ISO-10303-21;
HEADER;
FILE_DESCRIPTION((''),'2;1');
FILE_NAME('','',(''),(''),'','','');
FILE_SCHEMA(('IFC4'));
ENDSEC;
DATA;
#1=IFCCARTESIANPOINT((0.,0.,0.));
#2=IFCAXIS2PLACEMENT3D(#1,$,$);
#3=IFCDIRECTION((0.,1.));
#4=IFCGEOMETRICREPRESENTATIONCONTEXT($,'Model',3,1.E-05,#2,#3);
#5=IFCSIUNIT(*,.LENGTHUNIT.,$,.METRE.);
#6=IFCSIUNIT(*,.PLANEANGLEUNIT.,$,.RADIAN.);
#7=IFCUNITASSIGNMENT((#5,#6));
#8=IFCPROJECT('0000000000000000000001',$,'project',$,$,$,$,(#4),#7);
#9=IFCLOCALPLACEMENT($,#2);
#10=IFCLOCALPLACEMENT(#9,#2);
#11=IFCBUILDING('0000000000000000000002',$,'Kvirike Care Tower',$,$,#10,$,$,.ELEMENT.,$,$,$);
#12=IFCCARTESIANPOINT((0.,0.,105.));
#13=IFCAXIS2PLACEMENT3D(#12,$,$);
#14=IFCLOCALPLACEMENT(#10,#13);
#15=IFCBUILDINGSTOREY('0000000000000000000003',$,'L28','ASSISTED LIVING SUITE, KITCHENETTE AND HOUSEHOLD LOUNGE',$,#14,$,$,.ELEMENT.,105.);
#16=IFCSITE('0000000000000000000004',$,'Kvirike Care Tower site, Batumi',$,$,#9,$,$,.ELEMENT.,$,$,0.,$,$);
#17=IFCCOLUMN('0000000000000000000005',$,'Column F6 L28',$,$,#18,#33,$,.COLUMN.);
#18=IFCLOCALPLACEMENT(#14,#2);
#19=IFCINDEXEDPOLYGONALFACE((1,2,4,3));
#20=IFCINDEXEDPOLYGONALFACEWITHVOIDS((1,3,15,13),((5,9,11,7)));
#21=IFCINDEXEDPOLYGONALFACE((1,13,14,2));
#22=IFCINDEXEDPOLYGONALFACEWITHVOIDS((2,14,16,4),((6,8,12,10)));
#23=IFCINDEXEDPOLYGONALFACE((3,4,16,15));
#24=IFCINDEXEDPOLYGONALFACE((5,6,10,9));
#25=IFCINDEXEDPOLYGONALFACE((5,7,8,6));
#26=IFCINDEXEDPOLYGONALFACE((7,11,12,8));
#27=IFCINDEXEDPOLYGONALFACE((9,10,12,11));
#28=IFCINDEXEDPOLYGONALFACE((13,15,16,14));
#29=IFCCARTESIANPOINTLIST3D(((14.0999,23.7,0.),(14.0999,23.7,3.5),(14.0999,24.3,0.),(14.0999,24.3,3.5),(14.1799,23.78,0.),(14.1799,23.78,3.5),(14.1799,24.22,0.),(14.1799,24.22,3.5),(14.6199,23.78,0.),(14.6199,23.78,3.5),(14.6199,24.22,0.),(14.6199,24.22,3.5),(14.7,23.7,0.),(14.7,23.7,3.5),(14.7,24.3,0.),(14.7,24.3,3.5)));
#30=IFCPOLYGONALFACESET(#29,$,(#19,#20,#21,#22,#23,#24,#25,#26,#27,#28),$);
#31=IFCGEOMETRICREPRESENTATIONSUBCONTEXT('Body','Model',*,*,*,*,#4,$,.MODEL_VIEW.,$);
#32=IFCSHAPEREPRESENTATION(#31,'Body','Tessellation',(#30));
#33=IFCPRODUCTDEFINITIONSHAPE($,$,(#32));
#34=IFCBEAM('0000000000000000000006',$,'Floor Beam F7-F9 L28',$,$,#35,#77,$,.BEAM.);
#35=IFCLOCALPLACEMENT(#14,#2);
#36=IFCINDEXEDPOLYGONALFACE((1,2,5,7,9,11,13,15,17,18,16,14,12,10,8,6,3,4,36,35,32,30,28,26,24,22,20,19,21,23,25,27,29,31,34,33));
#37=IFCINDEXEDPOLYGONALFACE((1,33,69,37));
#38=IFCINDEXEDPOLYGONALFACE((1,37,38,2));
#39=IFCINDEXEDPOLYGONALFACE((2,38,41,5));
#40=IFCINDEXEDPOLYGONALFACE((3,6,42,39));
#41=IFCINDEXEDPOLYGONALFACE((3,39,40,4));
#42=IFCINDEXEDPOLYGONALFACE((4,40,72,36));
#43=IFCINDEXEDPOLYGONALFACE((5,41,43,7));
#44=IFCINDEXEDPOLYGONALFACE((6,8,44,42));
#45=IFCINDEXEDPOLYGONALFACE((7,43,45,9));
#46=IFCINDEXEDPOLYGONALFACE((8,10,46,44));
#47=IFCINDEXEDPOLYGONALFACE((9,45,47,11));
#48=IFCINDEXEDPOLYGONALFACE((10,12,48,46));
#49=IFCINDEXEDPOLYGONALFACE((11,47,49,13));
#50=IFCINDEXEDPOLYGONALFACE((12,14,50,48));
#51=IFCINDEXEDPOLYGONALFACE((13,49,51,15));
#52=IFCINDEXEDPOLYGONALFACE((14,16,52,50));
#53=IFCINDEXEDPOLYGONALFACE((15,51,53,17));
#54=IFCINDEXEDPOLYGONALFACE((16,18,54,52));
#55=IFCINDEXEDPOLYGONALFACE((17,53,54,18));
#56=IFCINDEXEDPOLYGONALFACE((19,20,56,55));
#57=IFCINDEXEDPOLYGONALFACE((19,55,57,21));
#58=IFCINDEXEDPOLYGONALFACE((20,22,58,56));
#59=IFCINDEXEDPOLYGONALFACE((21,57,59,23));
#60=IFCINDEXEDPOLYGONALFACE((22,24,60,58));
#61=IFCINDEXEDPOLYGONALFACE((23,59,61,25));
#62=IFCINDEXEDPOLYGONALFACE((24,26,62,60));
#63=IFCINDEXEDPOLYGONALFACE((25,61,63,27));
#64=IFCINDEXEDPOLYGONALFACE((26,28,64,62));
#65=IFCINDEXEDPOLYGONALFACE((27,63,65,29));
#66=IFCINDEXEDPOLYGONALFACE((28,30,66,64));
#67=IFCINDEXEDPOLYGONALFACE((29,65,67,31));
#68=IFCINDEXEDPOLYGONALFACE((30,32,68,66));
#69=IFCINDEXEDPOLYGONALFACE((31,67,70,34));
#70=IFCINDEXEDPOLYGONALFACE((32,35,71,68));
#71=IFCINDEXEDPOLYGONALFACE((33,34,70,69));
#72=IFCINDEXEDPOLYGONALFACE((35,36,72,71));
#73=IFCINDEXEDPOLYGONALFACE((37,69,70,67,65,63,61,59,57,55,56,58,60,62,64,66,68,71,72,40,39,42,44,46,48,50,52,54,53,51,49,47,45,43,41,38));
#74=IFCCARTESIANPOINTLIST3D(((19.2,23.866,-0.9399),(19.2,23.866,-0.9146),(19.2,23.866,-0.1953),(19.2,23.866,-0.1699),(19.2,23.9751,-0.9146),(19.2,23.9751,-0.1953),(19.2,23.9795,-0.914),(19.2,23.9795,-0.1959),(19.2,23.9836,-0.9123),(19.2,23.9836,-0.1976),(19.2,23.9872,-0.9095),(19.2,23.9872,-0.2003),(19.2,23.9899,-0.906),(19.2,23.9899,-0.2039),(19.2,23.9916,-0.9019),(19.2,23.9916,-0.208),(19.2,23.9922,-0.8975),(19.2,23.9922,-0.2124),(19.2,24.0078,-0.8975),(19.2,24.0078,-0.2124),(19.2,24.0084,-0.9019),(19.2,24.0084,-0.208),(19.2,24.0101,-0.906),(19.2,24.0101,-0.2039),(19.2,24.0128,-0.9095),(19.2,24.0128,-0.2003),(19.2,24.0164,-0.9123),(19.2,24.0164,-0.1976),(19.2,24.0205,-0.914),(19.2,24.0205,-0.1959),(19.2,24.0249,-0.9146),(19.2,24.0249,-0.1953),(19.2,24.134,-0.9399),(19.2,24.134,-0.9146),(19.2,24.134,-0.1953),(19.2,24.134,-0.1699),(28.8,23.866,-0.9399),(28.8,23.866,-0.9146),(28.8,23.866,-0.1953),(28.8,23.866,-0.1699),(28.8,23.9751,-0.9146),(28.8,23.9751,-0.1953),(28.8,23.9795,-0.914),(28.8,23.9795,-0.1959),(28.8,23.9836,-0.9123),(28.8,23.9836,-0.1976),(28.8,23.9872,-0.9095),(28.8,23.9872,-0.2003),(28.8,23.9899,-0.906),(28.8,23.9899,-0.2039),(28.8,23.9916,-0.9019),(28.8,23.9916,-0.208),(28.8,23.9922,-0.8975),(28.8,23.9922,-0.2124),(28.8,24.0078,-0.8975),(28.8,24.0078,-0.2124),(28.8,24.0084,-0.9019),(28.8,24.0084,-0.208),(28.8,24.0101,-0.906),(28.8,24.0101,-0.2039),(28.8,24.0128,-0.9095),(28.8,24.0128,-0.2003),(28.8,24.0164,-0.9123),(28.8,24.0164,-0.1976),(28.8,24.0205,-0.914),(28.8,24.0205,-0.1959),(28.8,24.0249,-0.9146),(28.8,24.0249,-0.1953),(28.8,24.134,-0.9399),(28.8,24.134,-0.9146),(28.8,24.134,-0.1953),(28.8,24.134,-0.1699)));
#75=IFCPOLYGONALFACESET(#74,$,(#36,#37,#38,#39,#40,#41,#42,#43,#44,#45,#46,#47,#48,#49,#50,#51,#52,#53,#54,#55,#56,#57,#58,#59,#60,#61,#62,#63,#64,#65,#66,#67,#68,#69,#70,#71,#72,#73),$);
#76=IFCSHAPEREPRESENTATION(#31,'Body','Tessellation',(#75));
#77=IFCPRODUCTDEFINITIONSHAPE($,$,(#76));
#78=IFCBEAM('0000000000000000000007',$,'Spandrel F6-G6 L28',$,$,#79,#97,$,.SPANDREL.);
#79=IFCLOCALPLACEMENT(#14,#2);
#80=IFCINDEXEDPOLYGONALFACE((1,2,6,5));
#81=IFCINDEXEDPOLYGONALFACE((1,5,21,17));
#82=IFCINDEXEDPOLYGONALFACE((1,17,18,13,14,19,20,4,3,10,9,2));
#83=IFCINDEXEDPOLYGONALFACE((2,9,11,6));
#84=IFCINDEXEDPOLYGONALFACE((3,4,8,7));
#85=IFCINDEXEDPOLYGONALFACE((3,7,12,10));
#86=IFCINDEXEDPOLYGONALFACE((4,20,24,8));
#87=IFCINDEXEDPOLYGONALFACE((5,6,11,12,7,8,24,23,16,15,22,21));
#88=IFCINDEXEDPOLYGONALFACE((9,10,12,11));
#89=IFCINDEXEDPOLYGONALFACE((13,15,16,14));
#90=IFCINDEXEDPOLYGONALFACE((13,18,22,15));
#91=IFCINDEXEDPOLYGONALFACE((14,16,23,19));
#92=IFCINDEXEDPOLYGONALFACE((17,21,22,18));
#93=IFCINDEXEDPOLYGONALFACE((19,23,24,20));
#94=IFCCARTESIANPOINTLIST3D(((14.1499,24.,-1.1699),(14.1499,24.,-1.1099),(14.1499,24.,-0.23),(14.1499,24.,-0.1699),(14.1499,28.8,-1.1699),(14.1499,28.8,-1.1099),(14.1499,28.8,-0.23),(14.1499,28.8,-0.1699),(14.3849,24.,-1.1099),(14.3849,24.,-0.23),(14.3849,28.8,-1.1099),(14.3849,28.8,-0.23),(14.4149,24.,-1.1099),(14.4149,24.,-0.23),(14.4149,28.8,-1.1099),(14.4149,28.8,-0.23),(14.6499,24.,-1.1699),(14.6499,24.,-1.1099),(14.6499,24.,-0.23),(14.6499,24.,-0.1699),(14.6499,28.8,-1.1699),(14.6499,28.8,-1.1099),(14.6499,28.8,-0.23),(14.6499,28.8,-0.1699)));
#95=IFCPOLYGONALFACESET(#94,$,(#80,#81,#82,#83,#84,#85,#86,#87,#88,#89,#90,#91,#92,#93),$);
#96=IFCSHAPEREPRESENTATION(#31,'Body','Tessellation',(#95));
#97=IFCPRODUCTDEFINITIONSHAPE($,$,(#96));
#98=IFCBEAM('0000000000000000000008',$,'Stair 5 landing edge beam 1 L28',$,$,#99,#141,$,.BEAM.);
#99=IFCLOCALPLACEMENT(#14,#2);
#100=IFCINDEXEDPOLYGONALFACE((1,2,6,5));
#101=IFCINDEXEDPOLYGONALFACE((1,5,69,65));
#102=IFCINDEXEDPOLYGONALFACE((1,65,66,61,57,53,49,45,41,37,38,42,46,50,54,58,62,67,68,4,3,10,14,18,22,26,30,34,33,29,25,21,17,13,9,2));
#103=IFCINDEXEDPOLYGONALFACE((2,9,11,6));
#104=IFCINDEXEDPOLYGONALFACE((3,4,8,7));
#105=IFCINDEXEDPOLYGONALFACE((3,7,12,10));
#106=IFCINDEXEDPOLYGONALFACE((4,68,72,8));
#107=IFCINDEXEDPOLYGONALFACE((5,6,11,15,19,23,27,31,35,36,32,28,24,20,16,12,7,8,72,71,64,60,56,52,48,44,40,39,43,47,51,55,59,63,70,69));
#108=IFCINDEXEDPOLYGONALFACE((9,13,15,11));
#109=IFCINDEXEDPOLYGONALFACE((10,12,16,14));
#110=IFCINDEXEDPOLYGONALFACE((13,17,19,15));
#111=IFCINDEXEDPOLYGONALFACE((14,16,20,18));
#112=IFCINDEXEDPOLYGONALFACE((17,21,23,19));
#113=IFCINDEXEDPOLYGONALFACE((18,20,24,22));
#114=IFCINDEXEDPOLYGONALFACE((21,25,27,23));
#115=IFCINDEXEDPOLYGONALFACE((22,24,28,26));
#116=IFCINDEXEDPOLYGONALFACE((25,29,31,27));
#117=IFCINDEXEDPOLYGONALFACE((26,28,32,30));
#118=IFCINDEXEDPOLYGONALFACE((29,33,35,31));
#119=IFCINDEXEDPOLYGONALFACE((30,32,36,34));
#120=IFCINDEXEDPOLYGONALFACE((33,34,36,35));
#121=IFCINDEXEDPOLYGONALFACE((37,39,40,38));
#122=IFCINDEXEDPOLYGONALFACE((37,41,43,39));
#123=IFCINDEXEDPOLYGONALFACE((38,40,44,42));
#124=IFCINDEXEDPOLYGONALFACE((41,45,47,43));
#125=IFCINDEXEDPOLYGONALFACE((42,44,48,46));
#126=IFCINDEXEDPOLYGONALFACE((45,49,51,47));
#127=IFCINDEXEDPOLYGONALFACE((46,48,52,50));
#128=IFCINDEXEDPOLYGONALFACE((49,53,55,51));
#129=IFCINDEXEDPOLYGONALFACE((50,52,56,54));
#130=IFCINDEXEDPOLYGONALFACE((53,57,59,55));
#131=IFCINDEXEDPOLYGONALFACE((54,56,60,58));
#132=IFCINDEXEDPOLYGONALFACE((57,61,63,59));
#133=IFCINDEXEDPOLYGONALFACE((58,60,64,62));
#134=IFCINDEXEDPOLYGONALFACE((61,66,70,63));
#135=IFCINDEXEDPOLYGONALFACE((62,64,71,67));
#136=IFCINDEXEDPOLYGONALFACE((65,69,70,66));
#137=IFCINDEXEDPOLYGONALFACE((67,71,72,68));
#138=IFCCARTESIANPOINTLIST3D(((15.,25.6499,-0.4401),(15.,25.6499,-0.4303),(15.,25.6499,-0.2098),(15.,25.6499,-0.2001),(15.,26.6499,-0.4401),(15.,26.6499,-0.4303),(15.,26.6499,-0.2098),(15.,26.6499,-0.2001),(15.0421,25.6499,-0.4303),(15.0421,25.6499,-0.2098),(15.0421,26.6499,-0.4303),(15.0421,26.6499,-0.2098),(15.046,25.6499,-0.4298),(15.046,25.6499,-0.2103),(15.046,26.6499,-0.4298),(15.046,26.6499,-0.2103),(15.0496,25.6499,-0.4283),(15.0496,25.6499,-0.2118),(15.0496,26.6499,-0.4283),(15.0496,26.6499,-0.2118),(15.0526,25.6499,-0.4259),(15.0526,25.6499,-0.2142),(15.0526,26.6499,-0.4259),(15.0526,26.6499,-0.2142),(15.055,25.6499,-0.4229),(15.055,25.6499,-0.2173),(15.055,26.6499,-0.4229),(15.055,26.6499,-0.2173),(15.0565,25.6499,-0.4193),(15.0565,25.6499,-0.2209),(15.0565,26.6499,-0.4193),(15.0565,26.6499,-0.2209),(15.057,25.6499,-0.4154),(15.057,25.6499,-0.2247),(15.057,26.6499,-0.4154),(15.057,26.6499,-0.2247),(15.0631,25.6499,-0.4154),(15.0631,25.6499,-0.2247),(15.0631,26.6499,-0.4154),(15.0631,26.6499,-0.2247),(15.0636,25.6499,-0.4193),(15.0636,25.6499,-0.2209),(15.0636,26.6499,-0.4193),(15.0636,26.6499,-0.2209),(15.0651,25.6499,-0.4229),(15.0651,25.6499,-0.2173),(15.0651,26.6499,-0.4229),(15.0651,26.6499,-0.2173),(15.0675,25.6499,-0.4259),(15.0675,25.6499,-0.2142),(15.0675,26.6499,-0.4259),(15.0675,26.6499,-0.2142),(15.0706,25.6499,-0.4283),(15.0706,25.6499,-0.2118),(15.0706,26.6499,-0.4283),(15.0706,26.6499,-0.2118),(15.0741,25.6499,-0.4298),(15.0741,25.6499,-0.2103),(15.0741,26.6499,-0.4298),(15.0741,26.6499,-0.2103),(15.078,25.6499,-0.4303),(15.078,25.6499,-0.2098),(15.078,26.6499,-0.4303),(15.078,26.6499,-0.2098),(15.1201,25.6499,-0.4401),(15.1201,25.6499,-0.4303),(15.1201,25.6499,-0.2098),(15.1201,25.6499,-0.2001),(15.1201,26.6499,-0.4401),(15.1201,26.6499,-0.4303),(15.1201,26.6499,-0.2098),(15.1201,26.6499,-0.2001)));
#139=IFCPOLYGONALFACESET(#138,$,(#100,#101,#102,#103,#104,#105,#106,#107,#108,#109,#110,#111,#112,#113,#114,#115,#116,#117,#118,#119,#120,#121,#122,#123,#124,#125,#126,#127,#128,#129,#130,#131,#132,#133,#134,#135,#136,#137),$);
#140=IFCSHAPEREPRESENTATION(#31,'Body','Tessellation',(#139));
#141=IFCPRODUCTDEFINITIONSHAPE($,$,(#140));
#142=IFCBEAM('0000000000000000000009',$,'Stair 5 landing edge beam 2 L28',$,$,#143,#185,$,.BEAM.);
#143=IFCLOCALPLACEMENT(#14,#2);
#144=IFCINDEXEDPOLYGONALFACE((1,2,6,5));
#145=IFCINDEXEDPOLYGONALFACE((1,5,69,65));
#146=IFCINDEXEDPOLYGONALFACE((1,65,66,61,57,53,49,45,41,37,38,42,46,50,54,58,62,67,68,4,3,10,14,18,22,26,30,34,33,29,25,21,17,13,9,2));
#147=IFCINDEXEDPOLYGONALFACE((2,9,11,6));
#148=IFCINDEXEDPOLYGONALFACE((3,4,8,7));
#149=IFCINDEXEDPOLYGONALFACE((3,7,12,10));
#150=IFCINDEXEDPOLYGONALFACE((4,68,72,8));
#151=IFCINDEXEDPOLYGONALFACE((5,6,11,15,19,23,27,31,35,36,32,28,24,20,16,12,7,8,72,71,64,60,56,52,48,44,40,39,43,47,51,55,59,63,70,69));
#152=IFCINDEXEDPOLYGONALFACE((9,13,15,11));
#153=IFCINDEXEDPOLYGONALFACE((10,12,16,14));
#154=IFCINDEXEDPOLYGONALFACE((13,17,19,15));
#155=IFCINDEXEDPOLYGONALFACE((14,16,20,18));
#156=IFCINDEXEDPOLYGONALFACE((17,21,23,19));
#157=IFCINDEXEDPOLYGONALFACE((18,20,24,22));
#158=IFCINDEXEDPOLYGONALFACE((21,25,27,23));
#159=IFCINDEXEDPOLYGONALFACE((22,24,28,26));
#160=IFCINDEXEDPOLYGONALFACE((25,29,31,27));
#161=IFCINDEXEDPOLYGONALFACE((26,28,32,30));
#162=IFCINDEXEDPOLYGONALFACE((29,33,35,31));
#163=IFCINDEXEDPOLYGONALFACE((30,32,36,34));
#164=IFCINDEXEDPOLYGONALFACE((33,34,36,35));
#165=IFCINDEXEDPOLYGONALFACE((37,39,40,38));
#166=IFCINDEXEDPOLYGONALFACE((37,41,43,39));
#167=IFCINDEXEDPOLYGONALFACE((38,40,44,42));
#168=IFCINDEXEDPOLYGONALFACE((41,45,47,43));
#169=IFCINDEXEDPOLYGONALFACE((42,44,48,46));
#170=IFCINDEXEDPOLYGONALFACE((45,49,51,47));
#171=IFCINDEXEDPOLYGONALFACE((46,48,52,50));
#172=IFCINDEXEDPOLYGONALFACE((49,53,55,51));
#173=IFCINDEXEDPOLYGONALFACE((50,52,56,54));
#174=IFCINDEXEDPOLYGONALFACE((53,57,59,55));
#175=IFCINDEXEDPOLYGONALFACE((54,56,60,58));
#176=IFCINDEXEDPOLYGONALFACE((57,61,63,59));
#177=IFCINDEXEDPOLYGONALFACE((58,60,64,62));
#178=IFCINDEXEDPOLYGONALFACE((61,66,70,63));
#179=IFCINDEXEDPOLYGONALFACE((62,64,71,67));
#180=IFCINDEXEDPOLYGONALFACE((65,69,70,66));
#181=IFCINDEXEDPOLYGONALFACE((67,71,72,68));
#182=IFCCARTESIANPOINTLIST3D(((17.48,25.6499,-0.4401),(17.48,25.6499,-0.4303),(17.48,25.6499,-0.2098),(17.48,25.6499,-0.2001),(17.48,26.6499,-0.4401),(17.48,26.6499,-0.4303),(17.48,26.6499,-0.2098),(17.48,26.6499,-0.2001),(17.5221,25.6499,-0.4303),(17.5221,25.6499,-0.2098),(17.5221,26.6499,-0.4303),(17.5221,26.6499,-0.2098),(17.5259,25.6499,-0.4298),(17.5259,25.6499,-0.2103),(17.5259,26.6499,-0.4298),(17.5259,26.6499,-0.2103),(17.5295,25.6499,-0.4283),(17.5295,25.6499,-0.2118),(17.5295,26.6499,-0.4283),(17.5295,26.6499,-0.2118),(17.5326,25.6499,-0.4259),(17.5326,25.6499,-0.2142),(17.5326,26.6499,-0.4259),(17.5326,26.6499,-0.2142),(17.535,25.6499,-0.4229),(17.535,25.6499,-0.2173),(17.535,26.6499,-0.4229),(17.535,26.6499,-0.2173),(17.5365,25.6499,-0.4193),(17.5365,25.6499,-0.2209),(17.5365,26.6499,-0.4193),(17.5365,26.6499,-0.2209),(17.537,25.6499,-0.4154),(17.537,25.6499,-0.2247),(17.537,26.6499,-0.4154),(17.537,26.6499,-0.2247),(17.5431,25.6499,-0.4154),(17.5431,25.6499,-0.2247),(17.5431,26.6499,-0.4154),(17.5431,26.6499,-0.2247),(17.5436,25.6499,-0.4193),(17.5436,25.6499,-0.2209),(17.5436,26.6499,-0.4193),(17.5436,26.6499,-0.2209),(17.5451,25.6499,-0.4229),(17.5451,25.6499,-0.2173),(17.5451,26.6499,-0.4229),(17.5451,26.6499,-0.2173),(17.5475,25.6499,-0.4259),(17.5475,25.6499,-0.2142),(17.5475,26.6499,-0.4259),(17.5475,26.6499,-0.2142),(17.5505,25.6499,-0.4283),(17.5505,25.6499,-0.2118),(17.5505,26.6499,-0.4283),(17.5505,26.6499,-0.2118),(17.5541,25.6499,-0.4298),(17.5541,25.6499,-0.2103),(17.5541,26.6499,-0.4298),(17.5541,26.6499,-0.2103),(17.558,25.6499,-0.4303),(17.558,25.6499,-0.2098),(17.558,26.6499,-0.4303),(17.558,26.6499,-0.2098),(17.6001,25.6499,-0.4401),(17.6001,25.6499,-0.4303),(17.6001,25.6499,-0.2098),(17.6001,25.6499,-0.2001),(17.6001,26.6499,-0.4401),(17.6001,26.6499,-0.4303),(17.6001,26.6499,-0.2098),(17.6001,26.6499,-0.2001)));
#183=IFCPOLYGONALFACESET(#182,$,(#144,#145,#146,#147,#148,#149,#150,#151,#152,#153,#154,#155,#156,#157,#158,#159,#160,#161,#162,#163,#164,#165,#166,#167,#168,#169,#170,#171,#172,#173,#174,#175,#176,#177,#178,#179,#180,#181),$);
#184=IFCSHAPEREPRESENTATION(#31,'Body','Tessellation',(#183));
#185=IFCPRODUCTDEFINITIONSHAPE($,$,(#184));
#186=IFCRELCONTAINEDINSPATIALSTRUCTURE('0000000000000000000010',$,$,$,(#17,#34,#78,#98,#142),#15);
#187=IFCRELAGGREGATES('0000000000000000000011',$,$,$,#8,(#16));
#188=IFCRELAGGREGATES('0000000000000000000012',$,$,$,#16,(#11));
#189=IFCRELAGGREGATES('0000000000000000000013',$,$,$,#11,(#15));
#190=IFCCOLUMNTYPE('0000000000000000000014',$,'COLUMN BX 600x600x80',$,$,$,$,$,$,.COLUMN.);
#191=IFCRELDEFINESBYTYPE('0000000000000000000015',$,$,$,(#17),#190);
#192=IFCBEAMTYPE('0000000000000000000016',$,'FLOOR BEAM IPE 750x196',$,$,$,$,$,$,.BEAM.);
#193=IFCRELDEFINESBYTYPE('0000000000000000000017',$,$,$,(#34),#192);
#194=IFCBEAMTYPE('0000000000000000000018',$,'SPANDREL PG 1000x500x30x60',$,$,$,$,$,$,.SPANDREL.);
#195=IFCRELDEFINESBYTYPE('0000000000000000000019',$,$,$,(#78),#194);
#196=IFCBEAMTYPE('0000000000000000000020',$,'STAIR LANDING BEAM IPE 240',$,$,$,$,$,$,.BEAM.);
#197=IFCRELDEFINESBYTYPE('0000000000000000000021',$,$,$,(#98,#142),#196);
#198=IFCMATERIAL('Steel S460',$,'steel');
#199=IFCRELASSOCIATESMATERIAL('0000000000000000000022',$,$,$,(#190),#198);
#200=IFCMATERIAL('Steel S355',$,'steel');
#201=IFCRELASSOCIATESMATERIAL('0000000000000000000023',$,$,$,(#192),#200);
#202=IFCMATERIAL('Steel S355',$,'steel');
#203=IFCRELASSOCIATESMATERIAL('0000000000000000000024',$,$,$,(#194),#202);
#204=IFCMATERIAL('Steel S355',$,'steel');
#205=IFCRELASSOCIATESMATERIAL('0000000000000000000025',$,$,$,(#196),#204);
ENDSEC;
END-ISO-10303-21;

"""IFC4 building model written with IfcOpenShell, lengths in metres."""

from ifc_helpers import new_model, si_unit, direction, frame, origin, origin_2d, place, context, subcontext, project, spatial, hollow_rectangle, i_section, extrude, material, material_profile, profile_set, type_object, element, save


model = new_model("IFC4")

# Units and contexts
model_context = context("Model", 3, precision=1e-05, world=origin(), true_north=direction((0.0, 1.0)))
body_context = subcontext(model_context, "Body", "Model", "MODEL_VIEW")
ifc_project = project(units=[si_unit("LENGTHUNIT", "METRE"), si_unit("PLANEANGLEUNIT", "RADIAN")], contexts=[model_context])

# Site, building, storey
site_placement = place(None, origin())
site = spatial("IfcSite", under=ifc_project, at=site_placement, Name="Kvirike Care Tower site, Batumi", CompositionType="ELEMENT", RefElevation=0.0)
building_placement = place(site_placement, origin())
building = spatial("IfcBuilding", under=site, at=building_placement, Name="Kvirike Care Tower", CompositionType="ELEMENT")
storey_placement = place(building_placement, frame((0.0, 0.0, 105.0)))
storey = spatial("IfcBuildingStorey", under=building, at=storey_placement, Name="L28", Description="ASSISTED LIVING SUITE, KITCHENETTE AND HOUSEHOLD LOUNGE", CompositionType="ELEMENT", Elevation=105.0)

# Column
ifc_material_1 = material(Name="Steel S460", Category="steel")
ifc_material_profile_1 = material_profile(ifc_material_1, hollow_rectangle(XDim=0.6001, YDim=0.6001, WallThickness=0.0801, at=origin_2d()), Name="BX 600x600x80")
ifc_profile_set_1 = profile_set([ifc_material_profile_1], Name="Steel S460")
column_type = type_object("IfcColumnType", Name="COLUMN BX 600x600x80", PredefinedType="COLUMN", material=ifc_profile_set_1)
column_placement = place(storey_placement, frame((14.3999, 24.0, 0.0), z_axis=(0.0, 0.0, 1.0), x_axis=(1.0, 0.0, 0.0)))
element("IfcColumn", 1, at=column_placement, inside=storey, type_object=column_type, Name="Column F6 L28", PredefinedType="COLUMN", context=body_context, shape_type="SweptSolid", body=[
    extrude(hollow_rectangle(XDim=0.6001, YDim=0.6001, WallThickness=0.0801, at=origin_2d()), origin(), (0.0, 0.0, 1.0), 3.5),
])

# Beams
ifc_material_2 = material(Name="Steel S355", Category="steel")
ifc_material_profile_2 = material_profile(ifc_material_2, i_section(OverallWidth=0.2681, OverallDepth=0.77, WebThickness=0.0156, FlangeThickness=0.0254, FilletRadius=0.0171, at=origin_2d()), Name="IPE 750x196")
ifc_profile_set_2 = profile_set([ifc_material_profile_2], Name="Steel S355")
beam_type_1 = type_object("IfcBeamType", Name="FLOOR BEAM IPE 750x196", PredefinedType="BEAM", material=ifc_profile_set_2)
beam_1_placement = place(storey_placement, frame((19.2, 24.0, -0.5549), z_axis=(1.0, 0.0, 0.0), x_axis=(0.0, 1.0, 0.0)))
element("IfcBeam", 2, at=beam_1_placement, inside=storey, type_object=beam_type_1, Name="Floor Beam F7-F9 L28", PredefinedType="BEAM", context=body_context, shape_type="SweptSolid", body=[
    extrude(i_section(OverallWidth=0.2681, OverallDepth=0.77, WebThickness=0.0156, FlangeThickness=0.0254, FilletRadius=0.0171, at=origin_2d()), origin(), (0.0, 0.0, 1.0), 9.6001),
])
ifc_material_3 = material(Name="Steel S355", Category="steel")
ifc_material_profile_3 = material_profile(ifc_material_3, i_section(OverallWidth=0.5, OverallDepth=1.0, WebThickness=0.03, FlangeThickness=0.0601, at=origin_2d()), Name="PG 1000x500x30x60")
ifc_profile_set_3 = profile_set([ifc_material_profile_3], Name="Steel S355")
beam_type_2 = type_object("IfcBeamType", Name="SPANDREL PG 1000x500x30x60", PredefinedType="SPANDREL", material=ifc_profile_set_3)
beam_2_placement = place(storey_placement, frame((14.3999, 24.0, -0.6699), z_axis=(0.0, 1.0, 0.0), x_axis=(-1.0, 0.0, 0.0)))
element("IfcBeam", 3, at=beam_2_placement, inside=storey, type_object=beam_type_2, Name="Spandrel F6-G6 L28", PredefinedType="SPANDREL", context=body_context, shape_type="SweptSolid", body=[
    extrude(i_section(OverallWidth=0.5, OverallDepth=1.0, WebThickness=0.03, FlangeThickness=0.0601, at=origin_2d()), origin(), (0.0, 0.0, 1.0), 4.8),
])
ifc_material_4 = material(Name="Steel S355", Category="steel")
ifc_material_profile_4 = material_profile(ifc_material_4, i_section(OverallWidth=0.1201, OverallDepth=0.24, WebThickness=0.0061, FlangeThickness=0.0098, FilletRadius=0.0149, at=origin_2d()), Name="IPE 240")
ifc_profile_set_4 = profile_set([ifc_material_profile_4], Name="Steel S355")
beam_type_3 = type_object("IfcBeamType", Name="STAIR LANDING BEAM IPE 240", PredefinedType="BEAM", material=ifc_profile_set_4)
for number, where, z_axis, x_axis, name in (
    (4, (15.0601, 25.6499, -0.3201), (0.0, 1.0, 0.0), (-1.0, 0.0, 0.0), "Stair 5 landing edge beam 1 L28"),
    (5, (17.54, 25.6499, -0.3201), (0.0, 1.0, 0.0), (-1.0, 0.0, 0.0), "Stair 5 landing edge beam 2 L28"),
):
    element("IfcBeam", number, at=place(storey_placement, frame(where, z_axis=z_axis, x_axis=x_axis)), inside=storey, type_object=beam_type_3, Name=name, PredefinedType="BEAM", context=body_context, shape_type="SweptSolid", body=[
        extrude(i_section(OverallWidth=0.1201, OverallDepth=0.24, WebThickness=0.0061, FlangeThickness=0.0098, FilletRadius=0.0149, at=origin_2d()), origin(), (0.0, 0.0, 1.0), 1.0),
    ])

save(model, "model.ifc")
